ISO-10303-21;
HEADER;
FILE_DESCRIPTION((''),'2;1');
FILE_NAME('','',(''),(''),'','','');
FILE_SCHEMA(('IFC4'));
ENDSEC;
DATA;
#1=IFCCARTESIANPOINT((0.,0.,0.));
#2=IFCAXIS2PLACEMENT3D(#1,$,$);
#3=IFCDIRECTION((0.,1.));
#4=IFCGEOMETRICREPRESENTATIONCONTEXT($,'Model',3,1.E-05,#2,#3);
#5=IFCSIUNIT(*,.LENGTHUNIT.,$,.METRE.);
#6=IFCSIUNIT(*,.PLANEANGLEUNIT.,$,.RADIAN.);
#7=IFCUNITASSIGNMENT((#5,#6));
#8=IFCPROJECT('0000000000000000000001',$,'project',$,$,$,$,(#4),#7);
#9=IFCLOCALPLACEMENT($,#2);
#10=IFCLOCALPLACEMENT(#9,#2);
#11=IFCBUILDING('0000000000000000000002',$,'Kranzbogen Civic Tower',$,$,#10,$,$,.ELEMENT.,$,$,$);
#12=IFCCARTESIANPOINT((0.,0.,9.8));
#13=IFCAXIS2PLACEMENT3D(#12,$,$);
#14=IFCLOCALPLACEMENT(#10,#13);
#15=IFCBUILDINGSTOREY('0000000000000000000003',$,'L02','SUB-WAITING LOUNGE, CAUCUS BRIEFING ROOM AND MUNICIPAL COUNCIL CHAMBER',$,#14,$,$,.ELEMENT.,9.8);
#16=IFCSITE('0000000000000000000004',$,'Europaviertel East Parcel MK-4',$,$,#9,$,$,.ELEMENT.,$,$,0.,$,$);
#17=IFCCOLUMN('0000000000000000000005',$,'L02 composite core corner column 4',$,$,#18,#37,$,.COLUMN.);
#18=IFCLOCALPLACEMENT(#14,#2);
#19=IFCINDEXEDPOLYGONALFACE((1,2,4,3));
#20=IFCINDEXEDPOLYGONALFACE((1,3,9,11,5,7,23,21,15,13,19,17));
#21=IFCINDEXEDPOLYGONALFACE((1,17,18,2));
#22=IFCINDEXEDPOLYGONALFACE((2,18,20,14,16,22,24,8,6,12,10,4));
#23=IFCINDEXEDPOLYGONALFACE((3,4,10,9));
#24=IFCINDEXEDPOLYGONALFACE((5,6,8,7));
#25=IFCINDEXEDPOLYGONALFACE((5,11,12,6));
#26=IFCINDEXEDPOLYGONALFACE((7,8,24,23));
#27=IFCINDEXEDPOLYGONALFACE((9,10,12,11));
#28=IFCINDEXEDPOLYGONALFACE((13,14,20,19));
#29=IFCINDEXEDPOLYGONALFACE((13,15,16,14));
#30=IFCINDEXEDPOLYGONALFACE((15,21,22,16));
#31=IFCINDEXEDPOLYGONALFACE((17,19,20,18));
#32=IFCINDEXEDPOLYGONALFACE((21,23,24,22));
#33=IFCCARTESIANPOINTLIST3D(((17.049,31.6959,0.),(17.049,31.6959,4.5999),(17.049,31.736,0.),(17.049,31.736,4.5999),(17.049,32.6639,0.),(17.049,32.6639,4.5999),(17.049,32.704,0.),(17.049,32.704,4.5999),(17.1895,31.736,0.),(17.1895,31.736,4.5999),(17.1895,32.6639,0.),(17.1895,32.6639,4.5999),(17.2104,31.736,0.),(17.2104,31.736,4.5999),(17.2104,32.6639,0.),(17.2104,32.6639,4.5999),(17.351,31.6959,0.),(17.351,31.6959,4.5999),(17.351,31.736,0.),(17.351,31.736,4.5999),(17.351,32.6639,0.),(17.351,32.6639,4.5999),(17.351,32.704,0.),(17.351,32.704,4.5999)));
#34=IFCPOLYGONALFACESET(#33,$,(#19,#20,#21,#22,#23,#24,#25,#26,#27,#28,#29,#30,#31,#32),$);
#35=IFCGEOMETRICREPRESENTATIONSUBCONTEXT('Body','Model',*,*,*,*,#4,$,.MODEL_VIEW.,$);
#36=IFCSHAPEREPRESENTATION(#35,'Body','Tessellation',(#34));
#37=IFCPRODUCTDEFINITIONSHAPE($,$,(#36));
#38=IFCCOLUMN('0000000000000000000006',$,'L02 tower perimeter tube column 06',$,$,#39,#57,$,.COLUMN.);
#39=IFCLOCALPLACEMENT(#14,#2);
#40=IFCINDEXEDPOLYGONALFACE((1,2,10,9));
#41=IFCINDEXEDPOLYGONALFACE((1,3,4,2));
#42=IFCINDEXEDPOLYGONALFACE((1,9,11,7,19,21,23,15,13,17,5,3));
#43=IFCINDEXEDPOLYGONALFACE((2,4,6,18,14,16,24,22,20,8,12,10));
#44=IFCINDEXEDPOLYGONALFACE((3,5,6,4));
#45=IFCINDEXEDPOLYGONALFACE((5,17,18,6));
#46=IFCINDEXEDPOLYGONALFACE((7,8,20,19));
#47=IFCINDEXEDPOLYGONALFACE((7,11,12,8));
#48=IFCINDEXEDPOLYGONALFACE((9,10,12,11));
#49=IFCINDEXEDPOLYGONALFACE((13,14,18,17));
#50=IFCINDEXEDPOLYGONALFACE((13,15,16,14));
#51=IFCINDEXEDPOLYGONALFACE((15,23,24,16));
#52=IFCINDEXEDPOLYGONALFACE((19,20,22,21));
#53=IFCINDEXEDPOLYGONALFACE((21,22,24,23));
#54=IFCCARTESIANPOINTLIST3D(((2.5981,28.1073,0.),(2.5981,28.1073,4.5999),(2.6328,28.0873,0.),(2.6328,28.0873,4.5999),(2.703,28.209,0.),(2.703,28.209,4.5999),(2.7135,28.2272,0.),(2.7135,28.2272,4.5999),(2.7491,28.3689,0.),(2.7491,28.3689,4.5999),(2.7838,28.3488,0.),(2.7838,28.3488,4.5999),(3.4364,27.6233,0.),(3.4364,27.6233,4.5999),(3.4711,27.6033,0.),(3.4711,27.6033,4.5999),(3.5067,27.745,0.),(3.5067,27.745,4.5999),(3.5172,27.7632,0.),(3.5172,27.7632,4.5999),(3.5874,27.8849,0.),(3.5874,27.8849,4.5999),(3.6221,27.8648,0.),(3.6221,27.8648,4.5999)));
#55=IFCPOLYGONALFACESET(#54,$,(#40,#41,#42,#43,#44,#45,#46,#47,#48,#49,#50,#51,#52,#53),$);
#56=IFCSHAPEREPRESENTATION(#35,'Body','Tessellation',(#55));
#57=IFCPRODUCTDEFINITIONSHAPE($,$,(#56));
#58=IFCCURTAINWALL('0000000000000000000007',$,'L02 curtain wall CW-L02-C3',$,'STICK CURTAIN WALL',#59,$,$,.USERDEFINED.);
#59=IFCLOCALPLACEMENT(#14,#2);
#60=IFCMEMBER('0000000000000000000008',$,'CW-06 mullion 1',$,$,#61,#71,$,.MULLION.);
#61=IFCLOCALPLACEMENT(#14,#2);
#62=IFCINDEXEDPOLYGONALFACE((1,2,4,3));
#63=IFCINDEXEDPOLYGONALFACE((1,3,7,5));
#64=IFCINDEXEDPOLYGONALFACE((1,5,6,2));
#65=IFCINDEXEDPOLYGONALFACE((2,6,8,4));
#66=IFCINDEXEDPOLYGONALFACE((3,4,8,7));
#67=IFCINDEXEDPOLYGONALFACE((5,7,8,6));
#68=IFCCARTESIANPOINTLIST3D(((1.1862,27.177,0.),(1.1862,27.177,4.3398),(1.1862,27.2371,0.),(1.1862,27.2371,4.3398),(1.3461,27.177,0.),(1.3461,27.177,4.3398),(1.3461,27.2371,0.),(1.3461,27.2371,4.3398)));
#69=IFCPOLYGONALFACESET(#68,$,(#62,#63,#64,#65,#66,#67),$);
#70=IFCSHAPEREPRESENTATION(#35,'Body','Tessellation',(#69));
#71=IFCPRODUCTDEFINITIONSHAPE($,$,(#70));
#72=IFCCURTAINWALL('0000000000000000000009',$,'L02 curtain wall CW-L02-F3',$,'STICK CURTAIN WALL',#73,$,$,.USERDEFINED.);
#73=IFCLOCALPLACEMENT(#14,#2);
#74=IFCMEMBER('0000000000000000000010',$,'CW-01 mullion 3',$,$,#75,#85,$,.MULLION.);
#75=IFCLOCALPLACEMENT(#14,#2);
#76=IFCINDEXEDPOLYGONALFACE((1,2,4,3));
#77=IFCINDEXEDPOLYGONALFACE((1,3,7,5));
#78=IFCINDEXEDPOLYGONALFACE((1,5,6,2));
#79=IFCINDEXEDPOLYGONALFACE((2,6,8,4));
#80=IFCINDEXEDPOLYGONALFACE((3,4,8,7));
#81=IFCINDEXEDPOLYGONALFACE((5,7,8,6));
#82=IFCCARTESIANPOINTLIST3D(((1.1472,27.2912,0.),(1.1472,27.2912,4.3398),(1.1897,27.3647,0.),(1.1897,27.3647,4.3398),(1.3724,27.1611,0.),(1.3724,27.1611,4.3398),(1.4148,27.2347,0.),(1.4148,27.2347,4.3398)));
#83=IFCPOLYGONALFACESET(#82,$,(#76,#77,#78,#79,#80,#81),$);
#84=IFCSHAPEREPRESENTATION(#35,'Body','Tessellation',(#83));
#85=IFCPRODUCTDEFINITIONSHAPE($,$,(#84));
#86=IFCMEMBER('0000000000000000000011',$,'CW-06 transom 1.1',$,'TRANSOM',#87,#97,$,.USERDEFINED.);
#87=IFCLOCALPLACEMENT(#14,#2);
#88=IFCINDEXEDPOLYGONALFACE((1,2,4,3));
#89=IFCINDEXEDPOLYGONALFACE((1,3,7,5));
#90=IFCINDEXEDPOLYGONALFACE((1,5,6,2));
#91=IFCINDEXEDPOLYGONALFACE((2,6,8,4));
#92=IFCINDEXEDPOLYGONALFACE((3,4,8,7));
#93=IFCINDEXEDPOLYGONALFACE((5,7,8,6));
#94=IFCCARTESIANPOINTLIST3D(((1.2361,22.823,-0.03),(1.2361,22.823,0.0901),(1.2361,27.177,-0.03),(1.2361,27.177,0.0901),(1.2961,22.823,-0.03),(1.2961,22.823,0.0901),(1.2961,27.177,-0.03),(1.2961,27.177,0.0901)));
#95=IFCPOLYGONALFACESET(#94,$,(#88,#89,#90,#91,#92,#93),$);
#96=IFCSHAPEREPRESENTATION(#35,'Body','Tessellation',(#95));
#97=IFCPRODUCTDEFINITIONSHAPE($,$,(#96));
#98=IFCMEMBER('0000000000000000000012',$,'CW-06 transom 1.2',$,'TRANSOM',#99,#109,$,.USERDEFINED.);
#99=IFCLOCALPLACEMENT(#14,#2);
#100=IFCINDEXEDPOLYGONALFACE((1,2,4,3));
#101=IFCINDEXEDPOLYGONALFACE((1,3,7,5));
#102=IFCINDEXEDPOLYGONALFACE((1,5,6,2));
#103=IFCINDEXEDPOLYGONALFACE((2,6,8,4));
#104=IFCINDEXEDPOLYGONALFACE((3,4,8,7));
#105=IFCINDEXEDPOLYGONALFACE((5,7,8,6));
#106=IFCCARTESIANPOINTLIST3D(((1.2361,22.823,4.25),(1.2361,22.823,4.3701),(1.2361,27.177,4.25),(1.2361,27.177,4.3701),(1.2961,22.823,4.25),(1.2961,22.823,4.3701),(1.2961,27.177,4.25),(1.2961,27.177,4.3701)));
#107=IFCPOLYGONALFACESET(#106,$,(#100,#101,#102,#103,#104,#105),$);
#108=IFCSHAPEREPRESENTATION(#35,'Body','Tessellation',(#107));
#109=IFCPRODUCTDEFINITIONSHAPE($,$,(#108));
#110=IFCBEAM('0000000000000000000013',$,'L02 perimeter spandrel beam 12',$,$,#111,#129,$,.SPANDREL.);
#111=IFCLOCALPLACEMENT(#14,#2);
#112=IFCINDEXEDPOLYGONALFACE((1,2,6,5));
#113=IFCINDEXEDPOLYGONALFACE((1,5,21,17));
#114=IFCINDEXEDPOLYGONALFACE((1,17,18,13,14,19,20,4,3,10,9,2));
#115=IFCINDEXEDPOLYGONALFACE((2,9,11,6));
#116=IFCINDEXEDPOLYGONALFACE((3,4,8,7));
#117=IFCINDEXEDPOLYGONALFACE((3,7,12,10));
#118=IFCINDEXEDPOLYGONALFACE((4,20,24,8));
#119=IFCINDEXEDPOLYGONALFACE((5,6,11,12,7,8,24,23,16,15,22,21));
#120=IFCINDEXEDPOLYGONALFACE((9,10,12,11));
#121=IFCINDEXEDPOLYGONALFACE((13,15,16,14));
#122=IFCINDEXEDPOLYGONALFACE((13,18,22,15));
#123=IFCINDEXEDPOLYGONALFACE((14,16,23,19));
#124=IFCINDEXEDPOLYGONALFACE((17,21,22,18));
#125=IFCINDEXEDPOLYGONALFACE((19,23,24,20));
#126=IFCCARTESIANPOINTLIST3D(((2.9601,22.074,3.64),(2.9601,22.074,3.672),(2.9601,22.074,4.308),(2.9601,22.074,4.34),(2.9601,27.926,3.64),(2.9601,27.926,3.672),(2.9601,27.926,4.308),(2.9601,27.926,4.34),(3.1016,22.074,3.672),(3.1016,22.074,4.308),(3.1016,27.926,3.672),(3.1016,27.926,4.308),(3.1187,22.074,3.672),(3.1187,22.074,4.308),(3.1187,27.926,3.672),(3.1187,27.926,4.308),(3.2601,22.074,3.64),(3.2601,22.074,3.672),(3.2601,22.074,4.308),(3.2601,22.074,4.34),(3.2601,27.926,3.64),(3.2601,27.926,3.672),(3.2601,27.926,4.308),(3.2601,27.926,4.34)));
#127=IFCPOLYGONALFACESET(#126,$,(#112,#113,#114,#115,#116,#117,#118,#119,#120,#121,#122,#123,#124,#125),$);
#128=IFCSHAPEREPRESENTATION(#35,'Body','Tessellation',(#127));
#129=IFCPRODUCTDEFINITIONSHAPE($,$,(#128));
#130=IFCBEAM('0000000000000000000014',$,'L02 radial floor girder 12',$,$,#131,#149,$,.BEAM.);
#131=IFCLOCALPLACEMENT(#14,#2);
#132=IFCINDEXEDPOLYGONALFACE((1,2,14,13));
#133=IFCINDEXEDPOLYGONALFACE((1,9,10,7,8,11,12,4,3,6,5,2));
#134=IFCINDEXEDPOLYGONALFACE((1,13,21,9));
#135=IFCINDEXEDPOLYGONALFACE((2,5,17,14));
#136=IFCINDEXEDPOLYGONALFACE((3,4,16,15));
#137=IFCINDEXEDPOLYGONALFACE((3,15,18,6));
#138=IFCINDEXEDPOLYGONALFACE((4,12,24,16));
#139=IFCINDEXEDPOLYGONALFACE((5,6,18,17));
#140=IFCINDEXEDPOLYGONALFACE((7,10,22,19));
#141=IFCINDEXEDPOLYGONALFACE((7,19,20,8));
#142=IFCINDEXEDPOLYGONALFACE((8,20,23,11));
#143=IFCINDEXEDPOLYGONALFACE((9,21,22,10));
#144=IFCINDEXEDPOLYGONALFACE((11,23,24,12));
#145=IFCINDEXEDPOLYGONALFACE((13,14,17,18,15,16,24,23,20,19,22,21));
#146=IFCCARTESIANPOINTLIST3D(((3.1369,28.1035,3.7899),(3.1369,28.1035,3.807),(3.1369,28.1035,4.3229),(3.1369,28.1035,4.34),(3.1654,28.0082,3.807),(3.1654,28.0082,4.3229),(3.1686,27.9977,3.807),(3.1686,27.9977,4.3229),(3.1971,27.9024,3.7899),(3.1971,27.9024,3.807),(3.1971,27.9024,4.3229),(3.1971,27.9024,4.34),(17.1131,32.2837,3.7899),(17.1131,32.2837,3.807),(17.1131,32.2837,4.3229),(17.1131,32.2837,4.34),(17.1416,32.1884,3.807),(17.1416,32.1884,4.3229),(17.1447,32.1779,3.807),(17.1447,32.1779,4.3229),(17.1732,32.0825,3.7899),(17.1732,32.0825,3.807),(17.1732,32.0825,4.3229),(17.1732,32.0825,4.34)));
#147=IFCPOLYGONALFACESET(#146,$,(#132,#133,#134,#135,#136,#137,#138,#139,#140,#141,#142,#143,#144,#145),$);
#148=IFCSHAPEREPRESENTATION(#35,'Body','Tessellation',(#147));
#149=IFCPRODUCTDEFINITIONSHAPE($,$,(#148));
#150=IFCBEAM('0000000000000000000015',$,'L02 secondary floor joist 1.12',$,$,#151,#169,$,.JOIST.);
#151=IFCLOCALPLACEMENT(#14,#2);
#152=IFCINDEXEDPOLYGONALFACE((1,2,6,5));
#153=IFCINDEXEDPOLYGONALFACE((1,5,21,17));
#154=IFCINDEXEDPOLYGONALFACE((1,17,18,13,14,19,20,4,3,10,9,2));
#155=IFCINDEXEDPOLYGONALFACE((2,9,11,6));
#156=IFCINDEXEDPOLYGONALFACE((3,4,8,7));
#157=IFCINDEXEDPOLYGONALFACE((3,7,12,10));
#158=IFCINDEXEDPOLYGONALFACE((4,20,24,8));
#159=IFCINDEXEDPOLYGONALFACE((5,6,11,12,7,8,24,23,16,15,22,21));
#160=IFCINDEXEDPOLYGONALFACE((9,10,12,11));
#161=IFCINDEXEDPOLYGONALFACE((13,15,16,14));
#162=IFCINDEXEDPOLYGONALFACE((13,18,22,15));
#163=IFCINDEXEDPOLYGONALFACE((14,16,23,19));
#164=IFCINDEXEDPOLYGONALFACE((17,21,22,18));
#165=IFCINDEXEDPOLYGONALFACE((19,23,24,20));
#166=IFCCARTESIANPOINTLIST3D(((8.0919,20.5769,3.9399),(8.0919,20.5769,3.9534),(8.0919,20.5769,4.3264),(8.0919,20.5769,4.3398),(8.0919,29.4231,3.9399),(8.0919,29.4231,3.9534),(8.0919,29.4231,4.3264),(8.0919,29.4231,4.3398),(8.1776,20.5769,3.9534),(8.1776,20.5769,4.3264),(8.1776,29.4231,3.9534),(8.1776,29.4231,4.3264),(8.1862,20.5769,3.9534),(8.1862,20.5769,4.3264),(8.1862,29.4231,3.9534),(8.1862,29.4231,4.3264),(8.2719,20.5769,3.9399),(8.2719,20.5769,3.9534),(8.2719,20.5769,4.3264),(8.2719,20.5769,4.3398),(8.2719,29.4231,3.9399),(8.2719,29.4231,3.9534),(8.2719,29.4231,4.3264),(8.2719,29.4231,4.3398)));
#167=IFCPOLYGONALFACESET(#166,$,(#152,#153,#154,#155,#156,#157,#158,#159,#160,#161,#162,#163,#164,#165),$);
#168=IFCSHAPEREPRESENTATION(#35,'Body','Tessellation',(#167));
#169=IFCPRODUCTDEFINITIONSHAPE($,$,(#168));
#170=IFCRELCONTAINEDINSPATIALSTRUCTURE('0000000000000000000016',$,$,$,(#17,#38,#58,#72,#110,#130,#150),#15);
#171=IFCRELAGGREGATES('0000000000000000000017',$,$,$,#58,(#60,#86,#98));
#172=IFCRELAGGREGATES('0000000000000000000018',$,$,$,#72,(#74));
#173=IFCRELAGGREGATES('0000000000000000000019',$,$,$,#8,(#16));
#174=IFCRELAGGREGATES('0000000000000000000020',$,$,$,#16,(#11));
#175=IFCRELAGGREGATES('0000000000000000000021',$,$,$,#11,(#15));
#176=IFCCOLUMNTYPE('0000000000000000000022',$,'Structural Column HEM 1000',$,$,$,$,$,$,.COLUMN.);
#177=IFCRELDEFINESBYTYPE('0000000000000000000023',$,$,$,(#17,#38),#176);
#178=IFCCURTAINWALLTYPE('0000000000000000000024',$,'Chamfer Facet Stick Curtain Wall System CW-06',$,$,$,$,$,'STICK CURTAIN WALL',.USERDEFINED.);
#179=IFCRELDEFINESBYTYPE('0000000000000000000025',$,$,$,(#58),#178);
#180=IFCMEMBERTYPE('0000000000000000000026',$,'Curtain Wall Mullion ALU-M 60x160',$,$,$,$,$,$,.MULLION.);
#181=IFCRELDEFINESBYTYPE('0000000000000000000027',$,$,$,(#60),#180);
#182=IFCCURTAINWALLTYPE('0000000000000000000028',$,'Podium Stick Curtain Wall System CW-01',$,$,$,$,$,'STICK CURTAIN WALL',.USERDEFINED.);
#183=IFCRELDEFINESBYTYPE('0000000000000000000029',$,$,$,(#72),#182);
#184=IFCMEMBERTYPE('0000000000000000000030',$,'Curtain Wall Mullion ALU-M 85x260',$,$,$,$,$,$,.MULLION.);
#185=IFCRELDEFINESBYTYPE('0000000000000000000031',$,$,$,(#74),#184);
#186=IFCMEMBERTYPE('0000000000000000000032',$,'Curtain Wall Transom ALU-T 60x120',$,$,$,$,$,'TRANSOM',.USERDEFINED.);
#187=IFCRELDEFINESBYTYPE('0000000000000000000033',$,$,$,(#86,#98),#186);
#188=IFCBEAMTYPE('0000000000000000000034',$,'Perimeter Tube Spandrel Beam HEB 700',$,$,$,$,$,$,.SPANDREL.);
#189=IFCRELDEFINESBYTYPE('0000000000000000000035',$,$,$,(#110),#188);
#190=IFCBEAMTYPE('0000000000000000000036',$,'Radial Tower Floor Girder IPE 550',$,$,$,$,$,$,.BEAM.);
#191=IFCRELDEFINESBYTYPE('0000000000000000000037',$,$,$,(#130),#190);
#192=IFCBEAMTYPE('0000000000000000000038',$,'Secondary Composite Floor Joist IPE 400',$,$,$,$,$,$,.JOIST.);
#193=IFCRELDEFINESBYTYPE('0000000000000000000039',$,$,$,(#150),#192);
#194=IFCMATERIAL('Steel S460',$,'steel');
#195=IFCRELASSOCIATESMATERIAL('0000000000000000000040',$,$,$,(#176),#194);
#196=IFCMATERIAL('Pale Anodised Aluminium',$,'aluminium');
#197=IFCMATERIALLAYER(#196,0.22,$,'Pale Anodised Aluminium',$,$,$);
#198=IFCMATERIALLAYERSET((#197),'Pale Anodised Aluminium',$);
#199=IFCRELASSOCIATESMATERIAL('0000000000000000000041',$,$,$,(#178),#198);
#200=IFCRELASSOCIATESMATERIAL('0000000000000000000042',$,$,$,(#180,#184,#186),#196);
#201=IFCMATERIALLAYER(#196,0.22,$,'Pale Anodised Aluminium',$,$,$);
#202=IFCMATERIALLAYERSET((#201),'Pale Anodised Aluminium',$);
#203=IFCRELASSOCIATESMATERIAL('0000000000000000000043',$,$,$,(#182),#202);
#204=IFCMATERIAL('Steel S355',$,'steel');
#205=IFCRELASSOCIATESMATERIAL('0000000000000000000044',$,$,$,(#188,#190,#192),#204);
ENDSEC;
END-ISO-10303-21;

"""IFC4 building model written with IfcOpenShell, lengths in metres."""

from ifc_helpers import new_model, si_unit, direction, frame, origin, origin_2d, place, context, subcontext, project, spatial, rectangle, i_section, extrude, material, layer, layer_set, material_profile, profile_set, type_object, element, aggregate, save


model = new_model("IFC4")

# Units and contexts
model_context = context("Model", 3, precision=1e-05, world=origin(), true_north=direction((0.0, 1.0)))
body_context = subcontext(model_context, "Body", "Model", "MODEL_VIEW")
ifc_project = project(units=[si_unit("LENGTHUNIT", "METRE"), si_unit("PLANEANGLEUNIT", "RADIAN")], contexts=[model_context])

# Site, building, storey
site_placement = place(None, origin())
site = spatial("IfcSite", under=ifc_project, at=site_placement, Name="Europaviertel East Parcel MK-4", CompositionType="ELEMENT", RefElevation=0.0)
building_placement = place(site_placement, origin())
building = spatial("IfcBuilding", under=site, at=building_placement, Name="Kranzbogen Civic Tower", CompositionType="ELEMENT")
storey_placement = place(building_placement, frame((0.0, 0.0, 9.8)))
storey = spatial("IfcBuildingStorey", under=building, at=storey_placement, Name="L02", Description="SUB-WAITING LOUNGE, CAUCUS BRIEFING ROOM AND MUNICIPAL COUNCIL CHAMBER", CompositionType="ELEMENT", Elevation=9.8)

# Columns
ifc_material_1 = material(Name="Steel S460", Category="steel")
ifc_material_profile_1 = material_profile(ifc_material_1, i_section(OverallWidth=0.302, OverallDepth=1.0081, WebThickness=0.021, FlangeThickness=0.04, at=origin_2d()), Name="HEM 1000")
ifc_profile_set_1 = profile_set([ifc_material_profile_1], Name="Steel S460")
column_type = type_object("IfcColumnType", Name="Structural Column HEM 1000", PredefinedType="COLUMN", material=ifc_profile_set_1)
for number, where, z_axis, x_axis, name in (
    (1, (17.2, 32.2, 0.0), (0.0, 0.0, 1.0), (1.0, 0.0, 0.0), "L02 composite core corner column 4"),
    (2, (3.1101, 27.9861, 0.0), (0.0, 0.0, 1.0), (0.5, 0.866025, 0.0), "L02 tower perimeter tube column 06"),
):
    element("IfcColumn", number, at=place(storey_placement, frame(where, z_axis=z_axis, x_axis=x_axis)), inside=storey, type_object=column_type, Name=name, PredefinedType="COLUMN", context=body_context, shape_type="SweptSolid", body=[
        extrude(i_section(OverallWidth=0.302, OverallDepth=1.0081, WebThickness=0.021, FlangeThickness=0.04, at=origin_2d()), origin(), (0.0, 0.0, 1.0), 4.5999),
    ])

# Curtain walls, members
ifc_material_2 = material(Name="Pale Anodised Aluminium", Category="aluminium")
ifc_layer_1 = layer(ifc_material_2, 0.22, Name="Pale Anodised Aluminium")
ifc_layer_set_1 = layer_set([ifc_layer_1], Name="Pale Anodised Aluminium")
curtain_wall_type_1 = type_object("IfcCurtainWallType", Name="Chamfer Facet Stick Curtain Wall System CW-06", ElementType="STICK CURTAIN WALL", PredefinedType="USERDEFINED", material=ifc_layer_set_1)
curtain_wall_1_placement = place(storey_placement, origin())
curtain_wall_1 = element("IfcCurtainWall", 3, at=curtain_wall_1_placement, inside=storey, type_object=curtain_wall_type_1, Name="L02 curtain wall CW-L02-C3", ObjectType="STICK CURTAIN WALL", PredefinedType="USERDEFINED")
ifc_material_profile_2 = material_profile(ifc_material_2, rectangle(XDim=0.0601, YDim=0.1599, at=origin_2d()), Name="ALU-M 60x160")
ifc_profile_set_2 = profile_set([ifc_material_profile_2], Name="Pale Anodised Aluminium")
member_type_1 = type_object("IfcMemberType", Name="Curtain Wall Mullion ALU-M 60x160", PredefinedType="MULLION", material=ifc_profile_set_2)
member_1_placement = place(storey_placement, frame((1.2661, 27.207, 0.0), z_axis=(0.0, 0.0, 1.0), x_axis=(0.0, -1.0, 0.0)))
member_1 = element("IfcMember", 4, at=member_1_placement, type_object=member_type_1, Name="CW-06 mullion 1", PredefinedType="MULLION", context=body_context, shape_type="SweptSolid", body=[
    extrude(rectangle(XDim=0.0601, YDim=0.1599, at=origin_2d()), origin(), (0.0, 0.0, 1.0), 4.3398),
])
ifc_layer_2 = layer(ifc_material_2, 0.22, Name="Pale Anodised Aluminium")
ifc_layer_set_2 = layer_set([ifc_layer_2], Name="Pale Anodised Aluminium")
curtain_wall_type_2 = type_object("IfcCurtainWallType", Name="Podium Stick Curtain Wall System CW-01", ElementType="STICK CURTAIN WALL", PredefinedType="USERDEFINED", material=ifc_layer_set_2)
curtain_wall_2_placement = place(storey_placement, origin())
curtain_wall_2 = element("IfcCurtainWall", 5, at=curtain_wall_2_placement, inside=storey, type_object=curtain_wall_type_2, Name="L02 curtain wall CW-L02-F3", ObjectType="STICK CURTAIN WALL", PredefinedType="USERDEFINED")
ifc_material_profile_3 = material_profile(ifc_material_2, rectangle(XDim=0.085, YDim=0.26, at=origin_2d()), Name="ALU-M 85x260")
ifc_profile_set_3 = profile_set([ifc_material_profile_3], Name="Pale Anodised Aluminium")
member_type_2 = type_object("IfcMemberType", Name="Curtain Wall Mullion ALU-M 85x260", PredefinedType="MULLION", material=ifc_profile_set_3)
member_2_placement = place(storey_placement, frame((1.281, 27.2629, 0.0), z_axis=(0.0, 0.0, 1.0), x_axis=(-0.500006, -0.866022, 0.0)))
member_2 = element("IfcMember", 6, at=member_2_placement, type_object=member_type_2, Name="CW-01 mullion 3", PredefinedType="MULLION", context=body_context, shape_type="SweptSolid", body=[
    extrude(rectangle(XDim=0.085, YDim=0.26, at=origin_2d()), origin(), (0.0, 0.0, 1.0), 4.3398),
])

# Members
ifc_material_profile_4 = material_profile(ifc_material_2, rectangle(XDim=0.0601, YDim=0.1201, at=origin_2d()), Name="ALU-T 60x120")
ifc_profile_set_4 = profile_set([ifc_material_profile_4], Name="Pale Anodised Aluminium")
member_type_3 = type_object("IfcMemberType", Name="Curtain Wall Transom ALU-T 60x120", ElementType="TRANSOM", PredefinedType="USERDEFINED", material=ifc_profile_set_4)
member_3_placement = place(storey_placement, frame((1.2661, 27.177, 0.03), z_axis=(0.0, -1.0, 0.0), x_axis=(1.0, 0.0, 0.0)))
member_3 = element("IfcMember", 7, at=member_3_placement, type_object=member_type_3, Name="CW-06 transom 1.1", ObjectType="TRANSOM", PredefinedType="USERDEFINED", context=body_context, shape_type="SweptSolid", body=[
    extrude(rectangle(XDim=0.0601, YDim=0.1201, at=origin_2d()), origin(), (0.0, 0.0, 1.0), 4.354),
])
member_4_placement = place(storey_placement, frame((1.2661, 27.177, 4.3101), z_axis=(0.0, -1.0, 0.0), x_axis=(1.0, 0.0, 0.0)))
member_4 = element("IfcMember", 8, at=member_4_placement, type_object=member_type_3, Name="CW-06 transom 1.2", ObjectType="TRANSOM", PredefinedType="USERDEFINED", context=body_context, shape_type="SweptSolid", body=[
    extrude(rectangle(XDim=0.0601, YDim=0.1201, at=origin_2d()), origin(), (0.0, 0.0, 1.0), 4.354),
])

# Beams
ifc_material_3 = material(Name="Steel S355", Category="steel")
ifc_material_profile_5 = material_profile(ifc_material_3, i_section(OverallWidth=0.3, OverallDepth=0.7, WebThickness=0.0171, FlangeThickness=0.032, at=origin_2d()), Name="HEB 700")
ifc_profile_set_5 = profile_set([ifc_material_profile_5], Name="Steel S355")
beam_type_1 = type_object("IfcBeamType", Name="Perimeter Tube Spandrel Beam HEB 700", PredefinedType="SPANDREL", material=ifc_profile_set_5)
beam_1_placement = place(storey_placement, frame((3.1101, 27.926, 3.99), z_axis=(0.0, -1.0, 0.0), x_axis=(1.0, 0.0, 0.0)))
element("IfcBeam", 9, at=beam_1_placement, inside=storey, type_object=beam_type_1, Name="L02 perimeter spandrel beam 12", PredefinedType="SPANDREL", context=body_context, shape_type="SweptSolid", body=[
    extrude(i_section(OverallWidth=0.3, OverallDepth=0.7, WebThickness=0.0171, FlangeThickness=0.032, at=origin_2d()), origin(), (0.0, 0.0, 1.0), 5.8521),
])
ifc_material_profile_6 = material_profile(ifc_material_3, i_section(OverallWidth=0.21, OverallDepth=0.55, WebThickness=0.011, FlangeThickness=0.0171, at=origin_2d()), Name="IPE 550")
ifc_profile_set_6 = profile_set([ifc_material_profile_6], Name="Steel S355")
beam_type_2 = type_object("IfcBeamType", Name="Radial Tower Floor Girder IPE 550", PredefinedType="BEAM", material=ifc_profile_set_6)
beam_2_placement = place(storey_placement, frame((3.167, 28.0029, 4.0649), z_axis=(0.958065, 0.286552, 0.0), x_axis=(-0.286552, 0.958065, 0.0)))
element("IfcBeam", 10, at=beam_2_placement, inside=storey, type_object=beam_type_2, Name="L02 radial floor girder 12", PredefinedType="BEAM", context=body_context, shape_type="SweptSolid", body=[
    extrude(i_section(OverallWidth=0.21, OverallDepth=0.55, WebThickness=0.011, FlangeThickness=0.0171, at=origin_2d()), origin(), (0.0, 0.0, 1.0), 14.5879),
])
ifc_material_profile_7 = material_profile(ifc_material_3, i_section(OverallWidth=0.1799, OverallDepth=0.3999, WebThickness=0.0085, FlangeThickness=0.0134, at=origin_2d()), Name="IPE 400")
ifc_profile_set_7 = profile_set([ifc_material_profile_7], Name="Steel S355")
beam_type_3 = type_object("IfcBeamType", Name="Secondary Composite Floor Joist IPE 400", PredefinedType="JOIST", material=ifc_profile_set_7)
beam_3_placement = place(storey_placement, frame((8.1819, 29.4231, 4.1399), z_axis=(0.0, -1.0, 0.0), x_axis=(1.0, 0.0, 0.0)))
element("IfcBeam", 11, at=beam_3_placement, inside=storey, type_object=beam_type_3, Name="L02 secondary floor joist 1.12", PredefinedType="JOIST", context=body_context, shape_type="SweptSolid", body=[
    extrude(i_section(OverallWidth=0.1799, OverallDepth=0.3999, WebThickness=0.0085, FlangeThickness=0.0134, at=origin_2d()), origin(), (0.0, 0.0, 1.0), 8.8462),
])

aggregate(curtain_wall_1, [member_1, member_3, member_4])
aggregate(curtain_wall_2, [member_2])

save(model, "model.ifc")
